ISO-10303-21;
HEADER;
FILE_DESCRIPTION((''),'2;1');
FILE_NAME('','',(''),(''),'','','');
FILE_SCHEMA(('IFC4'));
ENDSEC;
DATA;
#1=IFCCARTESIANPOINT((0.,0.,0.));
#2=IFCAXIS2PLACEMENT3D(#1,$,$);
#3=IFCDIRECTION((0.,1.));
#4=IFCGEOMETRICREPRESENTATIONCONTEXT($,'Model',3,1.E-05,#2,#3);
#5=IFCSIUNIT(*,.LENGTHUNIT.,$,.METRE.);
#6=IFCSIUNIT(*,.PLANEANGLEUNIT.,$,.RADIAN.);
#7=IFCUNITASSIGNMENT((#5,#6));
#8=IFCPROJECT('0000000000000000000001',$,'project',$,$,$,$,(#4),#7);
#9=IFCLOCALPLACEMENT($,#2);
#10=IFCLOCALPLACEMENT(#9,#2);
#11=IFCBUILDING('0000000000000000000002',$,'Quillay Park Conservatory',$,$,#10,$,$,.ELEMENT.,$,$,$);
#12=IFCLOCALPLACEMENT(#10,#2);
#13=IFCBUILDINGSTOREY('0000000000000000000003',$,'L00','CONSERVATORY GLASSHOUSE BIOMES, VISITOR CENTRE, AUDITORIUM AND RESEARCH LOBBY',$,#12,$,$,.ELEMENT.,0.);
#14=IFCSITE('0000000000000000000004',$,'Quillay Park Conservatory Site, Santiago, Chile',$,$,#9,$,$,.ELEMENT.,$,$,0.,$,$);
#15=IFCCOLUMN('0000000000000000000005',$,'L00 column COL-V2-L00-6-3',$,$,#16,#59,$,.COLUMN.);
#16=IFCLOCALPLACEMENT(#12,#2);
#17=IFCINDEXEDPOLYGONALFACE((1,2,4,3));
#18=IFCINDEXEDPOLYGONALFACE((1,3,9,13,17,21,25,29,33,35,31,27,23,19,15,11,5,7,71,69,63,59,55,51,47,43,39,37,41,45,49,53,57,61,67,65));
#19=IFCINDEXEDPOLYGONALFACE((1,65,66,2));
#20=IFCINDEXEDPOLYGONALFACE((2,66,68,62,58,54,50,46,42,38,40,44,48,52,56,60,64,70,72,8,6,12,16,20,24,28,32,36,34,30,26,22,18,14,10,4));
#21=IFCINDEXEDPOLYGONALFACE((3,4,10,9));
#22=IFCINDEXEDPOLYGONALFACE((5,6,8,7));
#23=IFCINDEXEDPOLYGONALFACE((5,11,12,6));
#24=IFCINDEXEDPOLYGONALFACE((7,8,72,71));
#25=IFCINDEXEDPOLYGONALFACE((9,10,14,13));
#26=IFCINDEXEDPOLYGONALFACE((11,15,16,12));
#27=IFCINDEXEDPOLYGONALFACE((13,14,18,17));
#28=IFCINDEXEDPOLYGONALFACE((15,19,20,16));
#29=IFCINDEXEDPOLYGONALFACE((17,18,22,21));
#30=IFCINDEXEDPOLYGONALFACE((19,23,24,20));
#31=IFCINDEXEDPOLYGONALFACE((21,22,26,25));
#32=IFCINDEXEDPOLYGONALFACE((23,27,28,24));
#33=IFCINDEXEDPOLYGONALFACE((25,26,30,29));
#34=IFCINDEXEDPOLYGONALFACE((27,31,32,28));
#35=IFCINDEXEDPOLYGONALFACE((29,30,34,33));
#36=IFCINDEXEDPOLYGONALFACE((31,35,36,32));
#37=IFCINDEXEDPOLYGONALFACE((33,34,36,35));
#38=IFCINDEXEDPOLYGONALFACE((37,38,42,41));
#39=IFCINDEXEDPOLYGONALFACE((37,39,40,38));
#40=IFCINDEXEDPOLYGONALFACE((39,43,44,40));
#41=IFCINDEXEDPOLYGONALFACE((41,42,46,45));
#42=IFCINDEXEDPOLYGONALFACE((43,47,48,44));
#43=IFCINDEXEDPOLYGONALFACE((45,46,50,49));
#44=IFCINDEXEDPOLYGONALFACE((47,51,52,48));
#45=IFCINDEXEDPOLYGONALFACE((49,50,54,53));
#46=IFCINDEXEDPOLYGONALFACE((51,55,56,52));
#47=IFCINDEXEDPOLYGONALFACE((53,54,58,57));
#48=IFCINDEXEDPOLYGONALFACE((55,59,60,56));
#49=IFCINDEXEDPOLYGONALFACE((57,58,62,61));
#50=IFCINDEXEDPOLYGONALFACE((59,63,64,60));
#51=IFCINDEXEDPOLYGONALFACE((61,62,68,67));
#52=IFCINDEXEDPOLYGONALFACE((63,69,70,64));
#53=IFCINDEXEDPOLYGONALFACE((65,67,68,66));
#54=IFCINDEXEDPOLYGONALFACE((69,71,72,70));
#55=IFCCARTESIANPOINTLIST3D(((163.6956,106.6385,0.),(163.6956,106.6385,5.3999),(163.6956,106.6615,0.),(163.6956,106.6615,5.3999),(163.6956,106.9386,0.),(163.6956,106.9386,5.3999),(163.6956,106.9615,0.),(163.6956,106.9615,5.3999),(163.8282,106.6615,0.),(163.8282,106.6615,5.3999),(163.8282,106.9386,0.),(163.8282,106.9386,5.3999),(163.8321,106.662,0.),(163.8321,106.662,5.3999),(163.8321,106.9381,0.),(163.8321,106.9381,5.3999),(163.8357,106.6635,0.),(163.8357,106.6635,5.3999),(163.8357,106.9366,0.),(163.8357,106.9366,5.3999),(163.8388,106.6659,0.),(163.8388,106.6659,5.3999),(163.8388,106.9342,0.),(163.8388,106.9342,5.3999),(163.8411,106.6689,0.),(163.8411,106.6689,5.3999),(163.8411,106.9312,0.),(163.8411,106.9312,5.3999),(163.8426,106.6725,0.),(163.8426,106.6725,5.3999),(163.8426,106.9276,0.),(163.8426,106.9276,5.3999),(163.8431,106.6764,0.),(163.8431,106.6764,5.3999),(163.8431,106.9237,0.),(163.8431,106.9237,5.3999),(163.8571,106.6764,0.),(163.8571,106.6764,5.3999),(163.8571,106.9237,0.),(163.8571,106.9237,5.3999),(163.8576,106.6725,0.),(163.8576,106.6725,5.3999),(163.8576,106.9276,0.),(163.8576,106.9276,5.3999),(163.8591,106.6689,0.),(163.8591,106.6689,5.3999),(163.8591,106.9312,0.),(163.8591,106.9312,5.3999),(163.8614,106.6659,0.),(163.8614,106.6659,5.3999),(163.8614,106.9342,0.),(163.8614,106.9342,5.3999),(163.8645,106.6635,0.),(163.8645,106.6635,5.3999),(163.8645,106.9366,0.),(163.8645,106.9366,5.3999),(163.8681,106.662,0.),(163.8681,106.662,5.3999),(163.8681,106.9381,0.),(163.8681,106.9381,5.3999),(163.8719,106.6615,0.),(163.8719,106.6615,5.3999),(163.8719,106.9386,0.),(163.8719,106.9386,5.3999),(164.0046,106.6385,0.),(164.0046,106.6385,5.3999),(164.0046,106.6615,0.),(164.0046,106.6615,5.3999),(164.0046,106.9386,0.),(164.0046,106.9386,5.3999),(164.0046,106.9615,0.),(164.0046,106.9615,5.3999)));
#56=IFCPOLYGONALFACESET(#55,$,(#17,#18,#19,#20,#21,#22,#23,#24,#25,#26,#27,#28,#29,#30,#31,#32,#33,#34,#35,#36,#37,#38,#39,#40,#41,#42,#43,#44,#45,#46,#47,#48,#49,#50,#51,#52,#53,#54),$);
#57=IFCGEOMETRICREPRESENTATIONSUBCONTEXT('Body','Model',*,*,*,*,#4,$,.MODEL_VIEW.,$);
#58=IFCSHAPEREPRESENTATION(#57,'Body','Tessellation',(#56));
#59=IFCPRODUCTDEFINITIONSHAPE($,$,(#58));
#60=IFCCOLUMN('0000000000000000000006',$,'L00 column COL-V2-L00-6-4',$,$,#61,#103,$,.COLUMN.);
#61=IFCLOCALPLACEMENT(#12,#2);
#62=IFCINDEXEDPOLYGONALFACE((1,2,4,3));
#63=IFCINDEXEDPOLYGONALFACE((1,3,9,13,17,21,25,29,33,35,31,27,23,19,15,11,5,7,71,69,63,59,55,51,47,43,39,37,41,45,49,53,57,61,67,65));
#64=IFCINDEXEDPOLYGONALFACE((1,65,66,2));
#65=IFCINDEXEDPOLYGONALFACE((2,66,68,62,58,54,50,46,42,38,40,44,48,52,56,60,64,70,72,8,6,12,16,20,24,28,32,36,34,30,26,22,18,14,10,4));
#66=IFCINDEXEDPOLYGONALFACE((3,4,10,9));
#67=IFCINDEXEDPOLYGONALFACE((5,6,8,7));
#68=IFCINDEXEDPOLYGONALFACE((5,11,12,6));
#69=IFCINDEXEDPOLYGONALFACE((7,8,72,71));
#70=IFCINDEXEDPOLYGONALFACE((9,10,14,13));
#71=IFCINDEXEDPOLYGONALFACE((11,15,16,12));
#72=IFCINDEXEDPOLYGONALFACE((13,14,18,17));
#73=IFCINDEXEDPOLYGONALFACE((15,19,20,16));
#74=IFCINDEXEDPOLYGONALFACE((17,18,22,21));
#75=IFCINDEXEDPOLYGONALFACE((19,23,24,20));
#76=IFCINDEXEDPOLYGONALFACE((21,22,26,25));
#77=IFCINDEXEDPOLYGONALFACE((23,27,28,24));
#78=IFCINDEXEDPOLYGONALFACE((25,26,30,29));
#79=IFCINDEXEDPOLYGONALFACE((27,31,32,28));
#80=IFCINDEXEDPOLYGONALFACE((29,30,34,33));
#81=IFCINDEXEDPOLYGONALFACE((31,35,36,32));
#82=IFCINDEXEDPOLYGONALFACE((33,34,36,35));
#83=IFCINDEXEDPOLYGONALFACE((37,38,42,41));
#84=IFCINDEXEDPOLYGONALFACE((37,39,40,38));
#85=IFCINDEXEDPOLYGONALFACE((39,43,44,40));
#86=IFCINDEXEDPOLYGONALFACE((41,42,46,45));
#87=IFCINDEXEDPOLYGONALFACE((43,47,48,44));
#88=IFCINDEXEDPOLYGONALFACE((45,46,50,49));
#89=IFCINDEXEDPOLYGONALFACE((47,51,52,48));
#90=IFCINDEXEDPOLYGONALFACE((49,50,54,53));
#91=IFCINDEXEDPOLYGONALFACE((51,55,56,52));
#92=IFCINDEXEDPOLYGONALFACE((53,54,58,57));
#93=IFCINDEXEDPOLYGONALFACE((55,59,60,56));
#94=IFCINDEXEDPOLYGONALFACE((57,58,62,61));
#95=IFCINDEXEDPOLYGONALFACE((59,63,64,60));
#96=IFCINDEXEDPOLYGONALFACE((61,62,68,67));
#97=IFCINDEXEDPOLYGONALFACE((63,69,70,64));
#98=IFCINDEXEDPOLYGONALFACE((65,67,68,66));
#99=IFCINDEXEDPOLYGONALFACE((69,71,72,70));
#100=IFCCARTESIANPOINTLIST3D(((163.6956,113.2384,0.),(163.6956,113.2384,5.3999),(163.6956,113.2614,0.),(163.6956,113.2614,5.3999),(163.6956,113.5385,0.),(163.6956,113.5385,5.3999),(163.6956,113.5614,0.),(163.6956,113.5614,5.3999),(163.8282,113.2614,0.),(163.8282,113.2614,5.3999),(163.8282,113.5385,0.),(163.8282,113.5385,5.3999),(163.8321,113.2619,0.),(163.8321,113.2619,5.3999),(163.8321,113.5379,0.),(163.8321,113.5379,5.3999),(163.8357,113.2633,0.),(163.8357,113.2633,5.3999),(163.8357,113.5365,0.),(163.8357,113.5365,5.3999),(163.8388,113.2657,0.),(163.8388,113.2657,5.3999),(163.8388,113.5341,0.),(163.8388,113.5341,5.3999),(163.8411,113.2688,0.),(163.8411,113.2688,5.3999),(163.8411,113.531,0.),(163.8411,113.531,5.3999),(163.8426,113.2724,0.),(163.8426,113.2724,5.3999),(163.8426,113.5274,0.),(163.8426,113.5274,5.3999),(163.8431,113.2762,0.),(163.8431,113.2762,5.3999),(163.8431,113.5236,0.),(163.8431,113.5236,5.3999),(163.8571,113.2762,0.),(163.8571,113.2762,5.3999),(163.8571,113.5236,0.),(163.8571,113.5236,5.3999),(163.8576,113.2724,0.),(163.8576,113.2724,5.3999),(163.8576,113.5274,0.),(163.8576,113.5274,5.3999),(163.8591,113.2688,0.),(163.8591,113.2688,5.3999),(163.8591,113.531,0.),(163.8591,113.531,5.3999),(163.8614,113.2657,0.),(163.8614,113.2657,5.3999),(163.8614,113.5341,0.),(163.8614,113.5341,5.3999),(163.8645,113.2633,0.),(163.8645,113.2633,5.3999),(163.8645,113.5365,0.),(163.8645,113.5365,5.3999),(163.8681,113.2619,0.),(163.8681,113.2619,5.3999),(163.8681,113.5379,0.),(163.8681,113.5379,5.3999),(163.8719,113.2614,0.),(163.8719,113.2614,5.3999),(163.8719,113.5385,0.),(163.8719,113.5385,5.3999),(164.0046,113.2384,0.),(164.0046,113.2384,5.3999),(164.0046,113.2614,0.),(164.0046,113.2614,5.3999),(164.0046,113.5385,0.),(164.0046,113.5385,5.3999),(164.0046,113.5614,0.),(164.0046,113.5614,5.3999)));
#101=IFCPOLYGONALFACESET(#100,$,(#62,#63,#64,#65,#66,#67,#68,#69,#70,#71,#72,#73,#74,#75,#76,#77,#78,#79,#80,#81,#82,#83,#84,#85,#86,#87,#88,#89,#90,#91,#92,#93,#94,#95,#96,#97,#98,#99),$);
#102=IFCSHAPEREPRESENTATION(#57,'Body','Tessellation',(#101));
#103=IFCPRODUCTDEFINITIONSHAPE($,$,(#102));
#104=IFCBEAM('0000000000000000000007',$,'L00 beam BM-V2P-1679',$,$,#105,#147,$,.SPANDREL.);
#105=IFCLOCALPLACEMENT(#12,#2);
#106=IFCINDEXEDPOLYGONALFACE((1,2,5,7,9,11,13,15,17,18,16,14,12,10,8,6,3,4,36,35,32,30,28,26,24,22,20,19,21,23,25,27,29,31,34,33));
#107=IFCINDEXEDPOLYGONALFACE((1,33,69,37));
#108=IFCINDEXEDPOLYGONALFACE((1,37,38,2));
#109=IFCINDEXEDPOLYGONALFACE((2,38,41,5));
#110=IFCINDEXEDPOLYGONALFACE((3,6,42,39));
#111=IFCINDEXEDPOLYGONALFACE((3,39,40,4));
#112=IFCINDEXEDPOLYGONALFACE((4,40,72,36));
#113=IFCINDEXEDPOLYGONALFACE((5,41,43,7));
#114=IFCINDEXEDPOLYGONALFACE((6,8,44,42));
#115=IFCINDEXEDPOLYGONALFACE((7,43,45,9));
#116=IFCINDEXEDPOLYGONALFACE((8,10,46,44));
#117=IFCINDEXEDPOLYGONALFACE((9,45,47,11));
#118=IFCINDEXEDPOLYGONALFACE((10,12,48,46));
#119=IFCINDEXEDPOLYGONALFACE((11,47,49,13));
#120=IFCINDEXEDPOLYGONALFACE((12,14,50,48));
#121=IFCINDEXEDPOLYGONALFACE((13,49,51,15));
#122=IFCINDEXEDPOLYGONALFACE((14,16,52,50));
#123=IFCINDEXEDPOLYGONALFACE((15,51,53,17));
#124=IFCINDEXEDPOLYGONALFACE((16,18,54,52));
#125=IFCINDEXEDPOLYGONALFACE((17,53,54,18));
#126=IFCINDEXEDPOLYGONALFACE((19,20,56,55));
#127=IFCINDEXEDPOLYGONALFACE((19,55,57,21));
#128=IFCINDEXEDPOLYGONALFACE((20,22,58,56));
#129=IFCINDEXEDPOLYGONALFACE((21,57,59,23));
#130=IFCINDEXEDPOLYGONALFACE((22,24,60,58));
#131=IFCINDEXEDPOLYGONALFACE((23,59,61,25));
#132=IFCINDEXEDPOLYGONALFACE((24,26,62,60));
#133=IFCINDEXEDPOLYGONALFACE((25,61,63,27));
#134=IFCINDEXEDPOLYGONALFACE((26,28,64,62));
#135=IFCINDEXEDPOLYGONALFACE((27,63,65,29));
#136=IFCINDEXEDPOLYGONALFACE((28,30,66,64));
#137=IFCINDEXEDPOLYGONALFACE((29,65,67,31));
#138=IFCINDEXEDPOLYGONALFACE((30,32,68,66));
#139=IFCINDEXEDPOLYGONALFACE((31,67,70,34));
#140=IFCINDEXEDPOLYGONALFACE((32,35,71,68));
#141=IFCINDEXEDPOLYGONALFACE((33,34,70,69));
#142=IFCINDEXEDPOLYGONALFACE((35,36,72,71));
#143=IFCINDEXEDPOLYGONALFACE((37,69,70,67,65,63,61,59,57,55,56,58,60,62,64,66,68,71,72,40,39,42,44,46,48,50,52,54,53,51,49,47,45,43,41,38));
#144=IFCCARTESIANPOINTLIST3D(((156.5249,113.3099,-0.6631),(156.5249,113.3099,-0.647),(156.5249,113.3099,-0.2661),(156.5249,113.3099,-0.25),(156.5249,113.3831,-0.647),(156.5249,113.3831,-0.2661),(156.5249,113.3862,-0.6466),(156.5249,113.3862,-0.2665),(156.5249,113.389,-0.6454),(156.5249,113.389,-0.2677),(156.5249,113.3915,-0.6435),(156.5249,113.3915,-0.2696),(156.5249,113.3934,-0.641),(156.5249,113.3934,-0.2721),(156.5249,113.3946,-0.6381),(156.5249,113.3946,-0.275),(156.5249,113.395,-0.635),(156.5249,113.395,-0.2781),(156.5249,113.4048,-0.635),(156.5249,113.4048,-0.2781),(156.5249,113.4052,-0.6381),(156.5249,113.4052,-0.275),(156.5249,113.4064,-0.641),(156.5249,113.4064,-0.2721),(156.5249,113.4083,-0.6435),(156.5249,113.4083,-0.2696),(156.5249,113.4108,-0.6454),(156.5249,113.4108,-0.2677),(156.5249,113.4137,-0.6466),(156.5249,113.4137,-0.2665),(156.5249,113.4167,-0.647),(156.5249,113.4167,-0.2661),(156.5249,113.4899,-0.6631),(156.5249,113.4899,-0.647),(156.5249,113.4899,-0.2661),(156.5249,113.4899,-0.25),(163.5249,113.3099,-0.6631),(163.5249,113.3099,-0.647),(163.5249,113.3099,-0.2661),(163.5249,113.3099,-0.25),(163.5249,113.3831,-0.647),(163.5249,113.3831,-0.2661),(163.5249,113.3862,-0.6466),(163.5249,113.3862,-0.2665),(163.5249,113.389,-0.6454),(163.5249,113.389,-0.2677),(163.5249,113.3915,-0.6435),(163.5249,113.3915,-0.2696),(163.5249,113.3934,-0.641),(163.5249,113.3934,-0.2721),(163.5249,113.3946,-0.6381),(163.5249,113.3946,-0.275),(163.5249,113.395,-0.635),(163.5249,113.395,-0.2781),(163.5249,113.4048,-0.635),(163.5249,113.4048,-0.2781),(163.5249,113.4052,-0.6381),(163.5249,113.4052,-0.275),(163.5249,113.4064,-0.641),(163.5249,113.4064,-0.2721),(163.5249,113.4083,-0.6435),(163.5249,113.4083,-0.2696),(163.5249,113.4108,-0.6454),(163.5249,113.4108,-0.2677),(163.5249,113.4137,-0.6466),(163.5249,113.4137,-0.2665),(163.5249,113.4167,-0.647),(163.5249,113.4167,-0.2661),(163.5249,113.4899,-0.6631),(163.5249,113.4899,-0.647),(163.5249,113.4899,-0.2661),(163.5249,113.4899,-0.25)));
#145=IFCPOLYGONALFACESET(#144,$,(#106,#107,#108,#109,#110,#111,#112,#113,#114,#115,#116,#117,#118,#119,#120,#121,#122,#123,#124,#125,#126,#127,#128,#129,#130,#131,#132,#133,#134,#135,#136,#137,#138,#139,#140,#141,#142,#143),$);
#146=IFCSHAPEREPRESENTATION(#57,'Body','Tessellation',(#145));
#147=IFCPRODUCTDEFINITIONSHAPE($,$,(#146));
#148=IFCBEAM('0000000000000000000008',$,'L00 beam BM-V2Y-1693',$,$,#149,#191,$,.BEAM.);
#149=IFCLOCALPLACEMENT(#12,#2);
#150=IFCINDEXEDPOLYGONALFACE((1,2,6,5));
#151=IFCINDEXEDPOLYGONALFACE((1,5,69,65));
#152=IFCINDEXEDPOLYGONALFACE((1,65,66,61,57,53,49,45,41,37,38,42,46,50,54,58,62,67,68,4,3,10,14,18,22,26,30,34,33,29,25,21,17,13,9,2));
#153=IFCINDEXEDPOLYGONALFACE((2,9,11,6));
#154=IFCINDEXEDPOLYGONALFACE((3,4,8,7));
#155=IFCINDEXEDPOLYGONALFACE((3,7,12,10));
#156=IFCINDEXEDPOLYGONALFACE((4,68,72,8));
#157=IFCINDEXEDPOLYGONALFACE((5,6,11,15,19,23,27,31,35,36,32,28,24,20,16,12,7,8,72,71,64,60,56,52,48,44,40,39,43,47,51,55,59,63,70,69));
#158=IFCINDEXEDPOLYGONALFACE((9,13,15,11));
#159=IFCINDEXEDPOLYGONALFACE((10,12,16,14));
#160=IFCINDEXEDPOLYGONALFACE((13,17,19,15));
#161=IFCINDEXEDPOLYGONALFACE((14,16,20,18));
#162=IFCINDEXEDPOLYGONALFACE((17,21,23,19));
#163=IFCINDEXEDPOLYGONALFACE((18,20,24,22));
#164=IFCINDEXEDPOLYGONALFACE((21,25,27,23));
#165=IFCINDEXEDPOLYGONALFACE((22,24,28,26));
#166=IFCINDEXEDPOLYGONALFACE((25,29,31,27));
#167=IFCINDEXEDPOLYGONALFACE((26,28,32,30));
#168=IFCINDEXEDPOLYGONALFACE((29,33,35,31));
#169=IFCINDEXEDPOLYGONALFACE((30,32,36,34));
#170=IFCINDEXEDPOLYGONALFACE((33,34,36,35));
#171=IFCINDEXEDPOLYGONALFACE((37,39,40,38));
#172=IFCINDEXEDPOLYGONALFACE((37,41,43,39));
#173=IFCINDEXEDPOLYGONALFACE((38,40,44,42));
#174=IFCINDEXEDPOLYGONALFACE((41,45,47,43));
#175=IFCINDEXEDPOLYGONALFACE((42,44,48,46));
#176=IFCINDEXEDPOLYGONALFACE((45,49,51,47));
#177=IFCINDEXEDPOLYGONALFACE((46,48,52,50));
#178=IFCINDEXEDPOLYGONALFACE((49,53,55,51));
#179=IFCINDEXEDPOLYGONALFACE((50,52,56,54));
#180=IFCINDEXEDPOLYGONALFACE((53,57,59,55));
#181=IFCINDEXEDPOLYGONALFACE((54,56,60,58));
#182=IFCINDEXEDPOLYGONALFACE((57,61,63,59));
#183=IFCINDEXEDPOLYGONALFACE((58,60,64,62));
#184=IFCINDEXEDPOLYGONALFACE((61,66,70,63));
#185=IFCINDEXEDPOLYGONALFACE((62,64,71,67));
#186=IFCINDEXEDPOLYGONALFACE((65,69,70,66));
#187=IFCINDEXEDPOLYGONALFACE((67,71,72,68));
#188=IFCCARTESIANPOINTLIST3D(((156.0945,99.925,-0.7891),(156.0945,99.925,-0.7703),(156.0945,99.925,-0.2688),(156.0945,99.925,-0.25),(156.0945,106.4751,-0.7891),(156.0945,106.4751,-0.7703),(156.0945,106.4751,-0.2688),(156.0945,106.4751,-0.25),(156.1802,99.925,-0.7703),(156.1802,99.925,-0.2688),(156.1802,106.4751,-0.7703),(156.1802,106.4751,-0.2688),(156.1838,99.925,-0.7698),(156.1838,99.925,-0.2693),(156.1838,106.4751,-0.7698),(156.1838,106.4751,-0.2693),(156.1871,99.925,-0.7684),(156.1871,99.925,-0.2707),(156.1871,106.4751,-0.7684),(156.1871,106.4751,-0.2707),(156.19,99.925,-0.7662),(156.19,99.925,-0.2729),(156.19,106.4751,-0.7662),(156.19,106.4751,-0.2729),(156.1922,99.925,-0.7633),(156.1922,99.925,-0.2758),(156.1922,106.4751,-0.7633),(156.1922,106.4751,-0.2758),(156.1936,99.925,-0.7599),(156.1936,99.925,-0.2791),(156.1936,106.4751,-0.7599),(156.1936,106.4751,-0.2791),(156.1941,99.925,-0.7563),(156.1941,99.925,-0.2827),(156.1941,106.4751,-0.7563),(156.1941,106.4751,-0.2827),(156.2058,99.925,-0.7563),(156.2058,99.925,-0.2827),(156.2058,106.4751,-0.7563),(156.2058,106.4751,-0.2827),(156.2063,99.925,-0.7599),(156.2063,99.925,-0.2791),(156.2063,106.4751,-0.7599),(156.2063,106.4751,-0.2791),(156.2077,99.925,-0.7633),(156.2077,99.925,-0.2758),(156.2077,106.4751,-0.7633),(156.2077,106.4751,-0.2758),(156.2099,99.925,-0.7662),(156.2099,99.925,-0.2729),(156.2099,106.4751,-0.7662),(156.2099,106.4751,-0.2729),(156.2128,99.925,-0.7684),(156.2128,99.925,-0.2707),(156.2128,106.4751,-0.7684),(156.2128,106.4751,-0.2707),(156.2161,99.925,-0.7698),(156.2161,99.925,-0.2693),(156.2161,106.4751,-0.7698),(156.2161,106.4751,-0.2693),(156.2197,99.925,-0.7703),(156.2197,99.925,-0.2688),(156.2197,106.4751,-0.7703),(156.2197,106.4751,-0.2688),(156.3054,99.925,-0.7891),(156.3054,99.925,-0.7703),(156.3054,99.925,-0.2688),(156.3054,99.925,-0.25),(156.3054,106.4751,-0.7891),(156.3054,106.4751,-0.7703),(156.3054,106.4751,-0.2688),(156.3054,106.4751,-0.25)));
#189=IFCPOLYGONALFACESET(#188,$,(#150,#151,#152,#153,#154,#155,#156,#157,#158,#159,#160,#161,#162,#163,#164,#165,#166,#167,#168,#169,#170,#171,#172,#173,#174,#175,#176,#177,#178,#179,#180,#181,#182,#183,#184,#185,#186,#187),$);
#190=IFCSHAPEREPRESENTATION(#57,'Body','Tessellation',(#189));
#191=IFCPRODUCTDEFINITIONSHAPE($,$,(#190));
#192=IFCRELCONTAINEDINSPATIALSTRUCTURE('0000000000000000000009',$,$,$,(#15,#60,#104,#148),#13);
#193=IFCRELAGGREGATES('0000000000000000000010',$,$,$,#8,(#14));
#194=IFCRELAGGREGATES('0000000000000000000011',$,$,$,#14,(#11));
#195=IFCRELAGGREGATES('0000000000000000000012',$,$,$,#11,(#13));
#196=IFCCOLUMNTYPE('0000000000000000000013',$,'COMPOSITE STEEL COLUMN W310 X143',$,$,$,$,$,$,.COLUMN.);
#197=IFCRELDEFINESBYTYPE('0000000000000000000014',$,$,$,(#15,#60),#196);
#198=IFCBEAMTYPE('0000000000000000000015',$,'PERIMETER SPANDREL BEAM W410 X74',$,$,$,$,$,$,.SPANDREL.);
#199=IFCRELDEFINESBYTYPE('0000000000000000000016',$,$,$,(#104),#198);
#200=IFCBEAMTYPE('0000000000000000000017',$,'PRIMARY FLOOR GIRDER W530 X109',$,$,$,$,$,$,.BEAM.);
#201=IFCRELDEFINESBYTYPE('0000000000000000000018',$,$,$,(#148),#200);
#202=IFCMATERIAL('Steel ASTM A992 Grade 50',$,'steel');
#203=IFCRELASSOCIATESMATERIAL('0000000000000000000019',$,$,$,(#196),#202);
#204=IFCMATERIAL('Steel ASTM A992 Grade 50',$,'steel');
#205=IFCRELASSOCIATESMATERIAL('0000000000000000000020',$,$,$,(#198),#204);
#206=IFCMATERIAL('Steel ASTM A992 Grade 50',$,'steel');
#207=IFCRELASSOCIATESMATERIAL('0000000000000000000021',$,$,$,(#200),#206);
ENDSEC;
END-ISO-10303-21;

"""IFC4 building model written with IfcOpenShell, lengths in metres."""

from ifc_helpers import new_model, si_unit, direction, frame, origin, origin_2d, place, context, subcontext, project, spatial, i_section, extrude, material, material_profile, profile_set, type_object, element, save


model = new_model("IFC4")

# Units and contexts
model_context = context("Model", 3, precision=1e-05, world=origin(), true_north=direction((0.0, 1.0)))
body_context = subcontext(model_context, "Body", "Model", "MODEL_VIEW")
ifc_project = project(units=[si_unit("LENGTHUNIT", "METRE"), si_unit("PLANEANGLEUNIT", "RADIAN")], contexts=[model_context])

# Site, building, storey
site_placement = place(None, origin())
site = spatial("IfcSite", under=ifc_project, at=site_placement, Name="Quillay Park Conservatory Site, Santiago, Chile", CompositionType="ELEMENT", RefElevation=0.0)
building_placement = place(site_placement, origin())
building = spatial("IfcBuilding", under=site, at=building_placement, Name="Quillay Park Conservatory", CompositionType="ELEMENT")
storey_placement = place(building_placement, origin())
storey = spatial("IfcBuildingStorey", under=building, at=storey_placement, Name="L00", Description="CONSERVATORY GLASSHOUSE BIOMES, VISITOR CENTRE, AUDITORIUM AND RESEARCH LOBBY", CompositionType="ELEMENT", Elevation=0.0)

# Columns
ifc_material_1 = material(Name="Steel ASTM A992 Grade 50", Category="steel")
ifc_material_profile_1 = material_profile(ifc_material_1, i_section(OverallWidth=0.3091, OverallDepth=0.323, WebThickness=0.0139, FlangeThickness=0.0229, FilletRadius=0.0149, at=origin_2d()), Name="W310x143")
ifc_profile_set_1 = profile_set([ifc_material_profile_1], Name="Steel ASTM A992 Grade 50")
column_type = type_object("IfcColumnType", Name="COMPOSITE STEEL COLUMN W310 X143", PredefinedType="COLUMN", material=ifc_profile_set_1)
for number, where, z_axis, x_axis, name in (
    (1, (163.8501, 106.8, 0.0), (0.0, 0.0, 1.0), (1.0, 0.0, 0.0), "L00 column COL-V2-L00-6-3"),
    (2, (163.8501, 113.3999, 0.0), (0.0, 0.0, 1.0), (1.0, 0.0, 0.0), "L00 column COL-V2-L00-6-4"),
):
    element("IfcColumn", number, at=place(storey_placement, frame(where, z_axis=z_axis, x_axis=x_axis)), inside=storey, type_object=column_type, Name=name, PredefinedType="COLUMN", context=body_context, shape_type="SweptSolid", body=[
        extrude(i_section(OverallWidth=0.3091, OverallDepth=0.323, WebThickness=0.0139, FlangeThickness=0.0229, FilletRadius=0.0149, at=origin_2d()), origin(), (0.0, 0.0, 1.0), 5.3999),
    ])

# Beams
ifc_material_2 = material(Name="Steel ASTM A992 Grade 50", Category="steel")
ifc_material_profile_2 = material_profile(ifc_material_2, i_section(OverallWidth=0.1799, OverallDepth=0.4131, WebThickness=0.0098, FlangeThickness=0.0161, FilletRadius=0.012, at=origin_2d()), Name="W410x74")
ifc_profile_set_2 = profile_set([ifc_material_profile_2], Name="Steel ASTM A992 Grade 50")
beam_type_1 = type_object("IfcBeamType", Name="PERIMETER SPANDREL BEAM W410 X74", PredefinedType="SPANDREL", material=ifc_profile_set_2)
beam_1_placement = place(storey_placement, frame((156.5249, 113.3999, -0.4565), z_axis=(1.0, 0.0, 0.0), x_axis=(0.0, 1.0, 0.0)))
element("IfcBeam", 3, at=beam_1_placement, inside=storey, type_object=beam_type_1, Name="L00 beam BM-V2P-1679", PredefinedType="SPANDREL", context=body_context, shape_type="SweptSolid", body=[
    extrude(i_section(OverallWidth=0.1799, OverallDepth=0.4131, WebThickness=0.0098, FlangeThickness=0.0161, FilletRadius=0.012, at=origin_2d()), origin(), (0.0, 0.0, 1.0), 7.0),
])
ifc_material_3 = material(Name="Steel ASTM A992 Grade 50", Category="steel")
ifc_material_profile_3 = material_profile(ifc_material_3, i_section(OverallWidth=0.2109, OverallDepth=0.5391, WebThickness=0.0117, FlangeThickness=0.0188, FilletRadius=0.0139, at=origin_2d()), Name="W530x109")
ifc_profile_set_3 = profile_set([ifc_material_profile_3], Name="Steel ASTM A992 Grade 50")
beam_type_2 = type_object("IfcBeamType", Name="PRIMARY FLOOR GIRDER W530 X109", PredefinedType="BEAM", material=ifc_profile_set_3)
beam_2_placement = place(storey_placement, frame((156.2, 99.925, -0.5195), z_axis=(0.0, 1.0, 0.0), x_axis=(-1.0, 0.0, 0.0)))
element("IfcBeam", 4, at=beam_2_placement, inside=storey, type_object=beam_type_2, Name="L00 beam BM-V2Y-1693", PredefinedType="BEAM", context=body_context, shape_type="SweptSolid", body=[
    extrude(i_section(OverallWidth=0.2109, OverallDepth=0.5391, WebThickness=0.0117, FlangeThickness=0.0188, FilletRadius=0.0139, at=origin_2d()), origin(), (0.0, 0.0, 1.0), 6.55),
])

save(model, "model.ifc")
